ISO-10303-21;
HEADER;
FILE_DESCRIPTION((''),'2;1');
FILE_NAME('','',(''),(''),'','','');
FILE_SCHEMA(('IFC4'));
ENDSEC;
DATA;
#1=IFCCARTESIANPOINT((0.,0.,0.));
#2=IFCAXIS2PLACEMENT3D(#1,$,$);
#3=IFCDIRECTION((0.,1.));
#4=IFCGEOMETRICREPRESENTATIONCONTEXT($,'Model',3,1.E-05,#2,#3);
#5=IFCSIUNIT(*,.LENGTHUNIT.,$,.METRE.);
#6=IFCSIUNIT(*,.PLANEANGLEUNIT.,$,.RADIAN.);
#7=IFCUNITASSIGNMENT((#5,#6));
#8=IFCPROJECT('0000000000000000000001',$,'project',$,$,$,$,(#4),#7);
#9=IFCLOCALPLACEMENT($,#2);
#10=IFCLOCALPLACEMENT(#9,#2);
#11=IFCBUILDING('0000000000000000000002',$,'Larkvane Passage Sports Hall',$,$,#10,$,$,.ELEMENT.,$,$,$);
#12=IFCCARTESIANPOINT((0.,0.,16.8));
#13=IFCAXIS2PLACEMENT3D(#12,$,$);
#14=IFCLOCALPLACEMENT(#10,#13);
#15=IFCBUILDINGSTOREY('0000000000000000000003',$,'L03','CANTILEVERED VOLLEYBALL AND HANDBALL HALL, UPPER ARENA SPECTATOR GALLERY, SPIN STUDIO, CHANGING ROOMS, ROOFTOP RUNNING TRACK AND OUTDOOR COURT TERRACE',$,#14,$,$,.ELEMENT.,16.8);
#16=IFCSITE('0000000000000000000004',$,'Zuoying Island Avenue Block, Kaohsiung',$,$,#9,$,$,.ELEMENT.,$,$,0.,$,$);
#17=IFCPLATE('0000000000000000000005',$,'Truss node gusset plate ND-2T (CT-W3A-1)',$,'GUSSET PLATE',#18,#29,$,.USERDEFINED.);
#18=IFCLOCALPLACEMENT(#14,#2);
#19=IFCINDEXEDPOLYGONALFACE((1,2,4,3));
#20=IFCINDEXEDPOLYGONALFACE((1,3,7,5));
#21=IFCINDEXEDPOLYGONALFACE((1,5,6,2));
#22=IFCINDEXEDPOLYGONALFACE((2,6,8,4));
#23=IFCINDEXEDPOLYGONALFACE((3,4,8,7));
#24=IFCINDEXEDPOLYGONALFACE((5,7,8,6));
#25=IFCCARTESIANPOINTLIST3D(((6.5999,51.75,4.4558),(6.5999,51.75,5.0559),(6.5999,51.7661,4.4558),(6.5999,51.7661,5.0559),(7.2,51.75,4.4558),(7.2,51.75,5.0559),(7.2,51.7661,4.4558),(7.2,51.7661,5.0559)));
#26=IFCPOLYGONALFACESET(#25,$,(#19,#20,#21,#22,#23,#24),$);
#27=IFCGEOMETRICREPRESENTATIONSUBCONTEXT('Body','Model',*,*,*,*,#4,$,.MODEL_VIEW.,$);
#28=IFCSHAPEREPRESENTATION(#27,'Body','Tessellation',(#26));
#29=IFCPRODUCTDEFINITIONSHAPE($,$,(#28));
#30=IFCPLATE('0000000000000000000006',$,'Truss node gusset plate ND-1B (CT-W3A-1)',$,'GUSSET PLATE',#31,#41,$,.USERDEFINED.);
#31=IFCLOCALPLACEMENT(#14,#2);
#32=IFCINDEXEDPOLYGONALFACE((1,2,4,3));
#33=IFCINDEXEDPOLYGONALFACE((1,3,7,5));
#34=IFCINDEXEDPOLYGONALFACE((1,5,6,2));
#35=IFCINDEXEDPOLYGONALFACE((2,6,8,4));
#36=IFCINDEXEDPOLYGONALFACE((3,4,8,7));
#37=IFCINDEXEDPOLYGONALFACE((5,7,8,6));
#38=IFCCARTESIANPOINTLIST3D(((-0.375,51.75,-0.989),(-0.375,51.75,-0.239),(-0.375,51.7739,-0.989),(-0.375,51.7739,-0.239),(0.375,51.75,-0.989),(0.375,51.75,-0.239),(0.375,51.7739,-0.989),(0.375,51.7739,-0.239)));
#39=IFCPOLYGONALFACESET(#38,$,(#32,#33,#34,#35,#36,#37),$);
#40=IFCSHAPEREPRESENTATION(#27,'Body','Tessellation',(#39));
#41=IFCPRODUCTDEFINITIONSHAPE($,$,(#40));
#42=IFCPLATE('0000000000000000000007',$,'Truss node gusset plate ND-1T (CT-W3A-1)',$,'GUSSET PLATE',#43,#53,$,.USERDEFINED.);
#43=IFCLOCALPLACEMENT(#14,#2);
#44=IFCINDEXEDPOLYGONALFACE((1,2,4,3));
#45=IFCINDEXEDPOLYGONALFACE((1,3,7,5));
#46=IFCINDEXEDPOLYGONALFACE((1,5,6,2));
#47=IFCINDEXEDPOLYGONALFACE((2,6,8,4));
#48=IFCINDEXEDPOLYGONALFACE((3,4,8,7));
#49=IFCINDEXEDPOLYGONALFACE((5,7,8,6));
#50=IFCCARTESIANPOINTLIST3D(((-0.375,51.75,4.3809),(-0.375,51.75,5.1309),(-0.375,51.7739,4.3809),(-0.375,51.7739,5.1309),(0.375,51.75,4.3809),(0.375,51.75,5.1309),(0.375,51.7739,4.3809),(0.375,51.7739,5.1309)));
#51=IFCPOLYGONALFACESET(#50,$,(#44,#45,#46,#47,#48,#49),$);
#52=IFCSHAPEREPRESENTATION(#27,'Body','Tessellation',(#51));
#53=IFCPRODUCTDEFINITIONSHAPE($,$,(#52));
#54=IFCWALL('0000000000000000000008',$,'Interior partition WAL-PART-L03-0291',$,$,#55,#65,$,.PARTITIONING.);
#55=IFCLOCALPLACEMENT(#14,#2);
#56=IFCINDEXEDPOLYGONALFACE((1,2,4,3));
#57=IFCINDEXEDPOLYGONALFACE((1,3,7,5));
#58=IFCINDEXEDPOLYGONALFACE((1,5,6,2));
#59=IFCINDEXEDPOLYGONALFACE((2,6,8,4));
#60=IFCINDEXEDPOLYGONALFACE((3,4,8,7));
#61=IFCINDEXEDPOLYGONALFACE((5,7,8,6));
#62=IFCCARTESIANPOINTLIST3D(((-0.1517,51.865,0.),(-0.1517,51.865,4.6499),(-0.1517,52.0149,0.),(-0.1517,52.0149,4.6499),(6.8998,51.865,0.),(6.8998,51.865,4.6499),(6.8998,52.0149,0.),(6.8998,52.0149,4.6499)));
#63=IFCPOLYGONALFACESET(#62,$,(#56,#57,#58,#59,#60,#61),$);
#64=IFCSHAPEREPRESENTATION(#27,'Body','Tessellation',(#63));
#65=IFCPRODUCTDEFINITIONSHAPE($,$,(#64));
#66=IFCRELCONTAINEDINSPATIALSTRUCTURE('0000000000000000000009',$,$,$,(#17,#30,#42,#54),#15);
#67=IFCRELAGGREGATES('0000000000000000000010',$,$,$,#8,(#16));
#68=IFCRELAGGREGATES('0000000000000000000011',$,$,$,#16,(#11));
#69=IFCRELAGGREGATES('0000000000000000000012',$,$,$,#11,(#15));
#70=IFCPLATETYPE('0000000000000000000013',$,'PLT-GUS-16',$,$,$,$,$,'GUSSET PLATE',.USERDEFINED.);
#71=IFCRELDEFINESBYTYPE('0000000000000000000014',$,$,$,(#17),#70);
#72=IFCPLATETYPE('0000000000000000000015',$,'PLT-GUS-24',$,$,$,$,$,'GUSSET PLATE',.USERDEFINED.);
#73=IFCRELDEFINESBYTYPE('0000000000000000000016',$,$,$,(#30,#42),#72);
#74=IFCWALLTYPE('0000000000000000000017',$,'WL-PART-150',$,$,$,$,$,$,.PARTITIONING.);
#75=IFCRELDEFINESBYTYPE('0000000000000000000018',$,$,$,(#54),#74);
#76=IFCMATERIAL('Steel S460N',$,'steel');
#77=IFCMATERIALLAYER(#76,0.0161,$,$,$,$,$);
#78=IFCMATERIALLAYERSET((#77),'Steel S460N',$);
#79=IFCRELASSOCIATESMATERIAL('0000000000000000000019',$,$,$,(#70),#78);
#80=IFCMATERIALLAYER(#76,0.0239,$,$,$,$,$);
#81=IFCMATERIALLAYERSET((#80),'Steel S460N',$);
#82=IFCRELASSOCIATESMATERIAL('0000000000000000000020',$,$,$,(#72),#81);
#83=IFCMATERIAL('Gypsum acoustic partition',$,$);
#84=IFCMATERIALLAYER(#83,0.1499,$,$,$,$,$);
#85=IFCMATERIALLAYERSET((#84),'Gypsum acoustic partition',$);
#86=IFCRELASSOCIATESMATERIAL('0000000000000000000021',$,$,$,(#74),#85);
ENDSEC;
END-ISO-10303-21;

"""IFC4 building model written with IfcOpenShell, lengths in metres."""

from ifc_helpers import new_model, si_unit, direction, frame, frame_2d, origin, origin_2d, place, context, subcontext, project, spatial, rectangle, extrude, material, layer, layer_set, type_object, element, save


model = new_model("IFC4")

# Units and contexts
model_context = context("Model", 3, precision=1e-05, world=origin(), true_north=direction((0.0, 1.0)))
body_context = subcontext(model_context, "Body", "Model", "MODEL_VIEW")
ifc_project = project(units=[si_unit("LENGTHUNIT", "METRE"), si_unit("PLANEANGLEUNIT", "RADIAN")], contexts=[model_context])

# Site, building, storey
site_placement = place(None, origin())
site = spatial("IfcSite", under=ifc_project, at=site_placement, Name="Zuoying Island Avenue Block, Kaohsiung", CompositionType="ELEMENT", RefElevation=0.0)
building_placement = place(site_placement, origin())
building = spatial("IfcBuilding", under=site, at=building_placement, Name="Larkvane Passage Sports Hall", CompositionType="ELEMENT")
storey_placement = place(building_placement, frame((0.0, 0.0, 16.8)))
storey = spatial("IfcBuildingStorey", under=building, at=storey_placement, Name="L03", Description="CANTILEVERED VOLLEYBALL AND HANDBALL HALL, UPPER ARENA SPECTATOR GALLERY, SPIN STUDIO, CHANGING ROOMS, ROOFTOP RUNNING TRACK AND OUTDOOR COURT TERRACE", CompositionType="ELEMENT", Elevation=16.8)

# Shared definitions
ifc_material_1 = material(Name="Steel S460N", Category="steel")

# Plates
ifc_layer_1 = layer(ifc_material_1, 0.0161)
ifc_layer_set_1 = layer_set([ifc_layer_1], Name="Steel S460N")
plate_type_1 = type_object("IfcPlateType", Name="PLT-GUS-16", ElementType="GUSSET PLATE", PredefinedType="USERDEFINED", material=ifc_layer_set_1)
for number, where, z_axis, x_axis, name in (
    (1, (6.8999, 51.7581, 4.4558), (0.0, 0.0, 1.0), (1.0, 0.0, 0.0), "Truss node gusset plate ND-2T (CT-W3A-1)"),
):
    element("IfcPlate", number, at=place(storey_placement, frame(where, z_axis=z_axis, x_axis=x_axis)), inside=storey, type_object=plate_type_1, Name=name, ObjectType="GUSSET PLATE", PredefinedType="USERDEFINED", context=body_context, shape_type="SweptSolid", body=[
        extrude(rectangle(XDim=0.6001, YDim=0.0161, at=origin_2d()), origin(), (0.0, 0.0, 1.0), 0.6001),
    ])
ifc_layer_2 = layer(ifc_material_1, 0.0239)
ifc_layer_set_2 = layer_set([ifc_layer_2], Name="Steel S460N")
plate_type_2 = type_object("IfcPlateType", Name="PLT-GUS-24", ElementType="GUSSET PLATE", PredefinedType="USERDEFINED", material=ifc_layer_set_2)
for number, where, z_axis, x_axis, name in (
    (2, (0.0, 51.762, -0.989), (0.0, 0.0, 1.0), (1.0, 0.0, 0.0), "Truss node gusset plate ND-1B (CT-W3A-1)"),
    (3, (0.0, 51.762, 4.3809), (0.0, 0.0, 1.0), (1.0, 0.0, 0.0), "Truss node gusset plate ND-1T (CT-W3A-1)"),
):
    element("IfcPlate", number, at=place(storey_placement, frame(where, z_axis=z_axis, x_axis=x_axis)), inside=storey, type_object=plate_type_2, Name=name, ObjectType="GUSSET PLATE", PredefinedType="USERDEFINED", context=body_context, shape_type="SweptSolid", body=[
        extrude(rectangle(XDim=0.75, YDim=0.0239, at=origin_2d()), origin(), (0.0, 0.0, 1.0), 0.75),
    ])

# Wall
ifc_material_2 = material(Name="Gypsum acoustic partition")
ifc_layer_3 = layer(ifc_material_2, 0.1499)
ifc_layer_set_3 = layer_set([ifc_layer_3], Name="Gypsum acoustic partition")
wall_type = type_object("IfcWallType", Name="WL-PART-150", PredefinedType="PARTITIONING", material=ifc_layer_set_3)
wall_placement = place(storey_placement, frame((6.8999, 51.9399, 0.0), z_axis=(0.0, 0.0, 1.0), x_axis=(-1.0, 0.0, 0.0)))
element("IfcWall", 4, at=wall_placement, inside=storey, type_object=wall_type, Name="Interior partition WAL-PART-L03-0291", PredefinedType="PARTITIONING", context=body_context, shape_type="SweptSolid", body=[
    extrude(rectangle(XDim=7.0515, YDim=0.1499, at=frame_2d((3.5259, 0.0))), origin(), (0.0, 0.0, 1.0), 4.6499),
])

save(model, "model.ifc")
